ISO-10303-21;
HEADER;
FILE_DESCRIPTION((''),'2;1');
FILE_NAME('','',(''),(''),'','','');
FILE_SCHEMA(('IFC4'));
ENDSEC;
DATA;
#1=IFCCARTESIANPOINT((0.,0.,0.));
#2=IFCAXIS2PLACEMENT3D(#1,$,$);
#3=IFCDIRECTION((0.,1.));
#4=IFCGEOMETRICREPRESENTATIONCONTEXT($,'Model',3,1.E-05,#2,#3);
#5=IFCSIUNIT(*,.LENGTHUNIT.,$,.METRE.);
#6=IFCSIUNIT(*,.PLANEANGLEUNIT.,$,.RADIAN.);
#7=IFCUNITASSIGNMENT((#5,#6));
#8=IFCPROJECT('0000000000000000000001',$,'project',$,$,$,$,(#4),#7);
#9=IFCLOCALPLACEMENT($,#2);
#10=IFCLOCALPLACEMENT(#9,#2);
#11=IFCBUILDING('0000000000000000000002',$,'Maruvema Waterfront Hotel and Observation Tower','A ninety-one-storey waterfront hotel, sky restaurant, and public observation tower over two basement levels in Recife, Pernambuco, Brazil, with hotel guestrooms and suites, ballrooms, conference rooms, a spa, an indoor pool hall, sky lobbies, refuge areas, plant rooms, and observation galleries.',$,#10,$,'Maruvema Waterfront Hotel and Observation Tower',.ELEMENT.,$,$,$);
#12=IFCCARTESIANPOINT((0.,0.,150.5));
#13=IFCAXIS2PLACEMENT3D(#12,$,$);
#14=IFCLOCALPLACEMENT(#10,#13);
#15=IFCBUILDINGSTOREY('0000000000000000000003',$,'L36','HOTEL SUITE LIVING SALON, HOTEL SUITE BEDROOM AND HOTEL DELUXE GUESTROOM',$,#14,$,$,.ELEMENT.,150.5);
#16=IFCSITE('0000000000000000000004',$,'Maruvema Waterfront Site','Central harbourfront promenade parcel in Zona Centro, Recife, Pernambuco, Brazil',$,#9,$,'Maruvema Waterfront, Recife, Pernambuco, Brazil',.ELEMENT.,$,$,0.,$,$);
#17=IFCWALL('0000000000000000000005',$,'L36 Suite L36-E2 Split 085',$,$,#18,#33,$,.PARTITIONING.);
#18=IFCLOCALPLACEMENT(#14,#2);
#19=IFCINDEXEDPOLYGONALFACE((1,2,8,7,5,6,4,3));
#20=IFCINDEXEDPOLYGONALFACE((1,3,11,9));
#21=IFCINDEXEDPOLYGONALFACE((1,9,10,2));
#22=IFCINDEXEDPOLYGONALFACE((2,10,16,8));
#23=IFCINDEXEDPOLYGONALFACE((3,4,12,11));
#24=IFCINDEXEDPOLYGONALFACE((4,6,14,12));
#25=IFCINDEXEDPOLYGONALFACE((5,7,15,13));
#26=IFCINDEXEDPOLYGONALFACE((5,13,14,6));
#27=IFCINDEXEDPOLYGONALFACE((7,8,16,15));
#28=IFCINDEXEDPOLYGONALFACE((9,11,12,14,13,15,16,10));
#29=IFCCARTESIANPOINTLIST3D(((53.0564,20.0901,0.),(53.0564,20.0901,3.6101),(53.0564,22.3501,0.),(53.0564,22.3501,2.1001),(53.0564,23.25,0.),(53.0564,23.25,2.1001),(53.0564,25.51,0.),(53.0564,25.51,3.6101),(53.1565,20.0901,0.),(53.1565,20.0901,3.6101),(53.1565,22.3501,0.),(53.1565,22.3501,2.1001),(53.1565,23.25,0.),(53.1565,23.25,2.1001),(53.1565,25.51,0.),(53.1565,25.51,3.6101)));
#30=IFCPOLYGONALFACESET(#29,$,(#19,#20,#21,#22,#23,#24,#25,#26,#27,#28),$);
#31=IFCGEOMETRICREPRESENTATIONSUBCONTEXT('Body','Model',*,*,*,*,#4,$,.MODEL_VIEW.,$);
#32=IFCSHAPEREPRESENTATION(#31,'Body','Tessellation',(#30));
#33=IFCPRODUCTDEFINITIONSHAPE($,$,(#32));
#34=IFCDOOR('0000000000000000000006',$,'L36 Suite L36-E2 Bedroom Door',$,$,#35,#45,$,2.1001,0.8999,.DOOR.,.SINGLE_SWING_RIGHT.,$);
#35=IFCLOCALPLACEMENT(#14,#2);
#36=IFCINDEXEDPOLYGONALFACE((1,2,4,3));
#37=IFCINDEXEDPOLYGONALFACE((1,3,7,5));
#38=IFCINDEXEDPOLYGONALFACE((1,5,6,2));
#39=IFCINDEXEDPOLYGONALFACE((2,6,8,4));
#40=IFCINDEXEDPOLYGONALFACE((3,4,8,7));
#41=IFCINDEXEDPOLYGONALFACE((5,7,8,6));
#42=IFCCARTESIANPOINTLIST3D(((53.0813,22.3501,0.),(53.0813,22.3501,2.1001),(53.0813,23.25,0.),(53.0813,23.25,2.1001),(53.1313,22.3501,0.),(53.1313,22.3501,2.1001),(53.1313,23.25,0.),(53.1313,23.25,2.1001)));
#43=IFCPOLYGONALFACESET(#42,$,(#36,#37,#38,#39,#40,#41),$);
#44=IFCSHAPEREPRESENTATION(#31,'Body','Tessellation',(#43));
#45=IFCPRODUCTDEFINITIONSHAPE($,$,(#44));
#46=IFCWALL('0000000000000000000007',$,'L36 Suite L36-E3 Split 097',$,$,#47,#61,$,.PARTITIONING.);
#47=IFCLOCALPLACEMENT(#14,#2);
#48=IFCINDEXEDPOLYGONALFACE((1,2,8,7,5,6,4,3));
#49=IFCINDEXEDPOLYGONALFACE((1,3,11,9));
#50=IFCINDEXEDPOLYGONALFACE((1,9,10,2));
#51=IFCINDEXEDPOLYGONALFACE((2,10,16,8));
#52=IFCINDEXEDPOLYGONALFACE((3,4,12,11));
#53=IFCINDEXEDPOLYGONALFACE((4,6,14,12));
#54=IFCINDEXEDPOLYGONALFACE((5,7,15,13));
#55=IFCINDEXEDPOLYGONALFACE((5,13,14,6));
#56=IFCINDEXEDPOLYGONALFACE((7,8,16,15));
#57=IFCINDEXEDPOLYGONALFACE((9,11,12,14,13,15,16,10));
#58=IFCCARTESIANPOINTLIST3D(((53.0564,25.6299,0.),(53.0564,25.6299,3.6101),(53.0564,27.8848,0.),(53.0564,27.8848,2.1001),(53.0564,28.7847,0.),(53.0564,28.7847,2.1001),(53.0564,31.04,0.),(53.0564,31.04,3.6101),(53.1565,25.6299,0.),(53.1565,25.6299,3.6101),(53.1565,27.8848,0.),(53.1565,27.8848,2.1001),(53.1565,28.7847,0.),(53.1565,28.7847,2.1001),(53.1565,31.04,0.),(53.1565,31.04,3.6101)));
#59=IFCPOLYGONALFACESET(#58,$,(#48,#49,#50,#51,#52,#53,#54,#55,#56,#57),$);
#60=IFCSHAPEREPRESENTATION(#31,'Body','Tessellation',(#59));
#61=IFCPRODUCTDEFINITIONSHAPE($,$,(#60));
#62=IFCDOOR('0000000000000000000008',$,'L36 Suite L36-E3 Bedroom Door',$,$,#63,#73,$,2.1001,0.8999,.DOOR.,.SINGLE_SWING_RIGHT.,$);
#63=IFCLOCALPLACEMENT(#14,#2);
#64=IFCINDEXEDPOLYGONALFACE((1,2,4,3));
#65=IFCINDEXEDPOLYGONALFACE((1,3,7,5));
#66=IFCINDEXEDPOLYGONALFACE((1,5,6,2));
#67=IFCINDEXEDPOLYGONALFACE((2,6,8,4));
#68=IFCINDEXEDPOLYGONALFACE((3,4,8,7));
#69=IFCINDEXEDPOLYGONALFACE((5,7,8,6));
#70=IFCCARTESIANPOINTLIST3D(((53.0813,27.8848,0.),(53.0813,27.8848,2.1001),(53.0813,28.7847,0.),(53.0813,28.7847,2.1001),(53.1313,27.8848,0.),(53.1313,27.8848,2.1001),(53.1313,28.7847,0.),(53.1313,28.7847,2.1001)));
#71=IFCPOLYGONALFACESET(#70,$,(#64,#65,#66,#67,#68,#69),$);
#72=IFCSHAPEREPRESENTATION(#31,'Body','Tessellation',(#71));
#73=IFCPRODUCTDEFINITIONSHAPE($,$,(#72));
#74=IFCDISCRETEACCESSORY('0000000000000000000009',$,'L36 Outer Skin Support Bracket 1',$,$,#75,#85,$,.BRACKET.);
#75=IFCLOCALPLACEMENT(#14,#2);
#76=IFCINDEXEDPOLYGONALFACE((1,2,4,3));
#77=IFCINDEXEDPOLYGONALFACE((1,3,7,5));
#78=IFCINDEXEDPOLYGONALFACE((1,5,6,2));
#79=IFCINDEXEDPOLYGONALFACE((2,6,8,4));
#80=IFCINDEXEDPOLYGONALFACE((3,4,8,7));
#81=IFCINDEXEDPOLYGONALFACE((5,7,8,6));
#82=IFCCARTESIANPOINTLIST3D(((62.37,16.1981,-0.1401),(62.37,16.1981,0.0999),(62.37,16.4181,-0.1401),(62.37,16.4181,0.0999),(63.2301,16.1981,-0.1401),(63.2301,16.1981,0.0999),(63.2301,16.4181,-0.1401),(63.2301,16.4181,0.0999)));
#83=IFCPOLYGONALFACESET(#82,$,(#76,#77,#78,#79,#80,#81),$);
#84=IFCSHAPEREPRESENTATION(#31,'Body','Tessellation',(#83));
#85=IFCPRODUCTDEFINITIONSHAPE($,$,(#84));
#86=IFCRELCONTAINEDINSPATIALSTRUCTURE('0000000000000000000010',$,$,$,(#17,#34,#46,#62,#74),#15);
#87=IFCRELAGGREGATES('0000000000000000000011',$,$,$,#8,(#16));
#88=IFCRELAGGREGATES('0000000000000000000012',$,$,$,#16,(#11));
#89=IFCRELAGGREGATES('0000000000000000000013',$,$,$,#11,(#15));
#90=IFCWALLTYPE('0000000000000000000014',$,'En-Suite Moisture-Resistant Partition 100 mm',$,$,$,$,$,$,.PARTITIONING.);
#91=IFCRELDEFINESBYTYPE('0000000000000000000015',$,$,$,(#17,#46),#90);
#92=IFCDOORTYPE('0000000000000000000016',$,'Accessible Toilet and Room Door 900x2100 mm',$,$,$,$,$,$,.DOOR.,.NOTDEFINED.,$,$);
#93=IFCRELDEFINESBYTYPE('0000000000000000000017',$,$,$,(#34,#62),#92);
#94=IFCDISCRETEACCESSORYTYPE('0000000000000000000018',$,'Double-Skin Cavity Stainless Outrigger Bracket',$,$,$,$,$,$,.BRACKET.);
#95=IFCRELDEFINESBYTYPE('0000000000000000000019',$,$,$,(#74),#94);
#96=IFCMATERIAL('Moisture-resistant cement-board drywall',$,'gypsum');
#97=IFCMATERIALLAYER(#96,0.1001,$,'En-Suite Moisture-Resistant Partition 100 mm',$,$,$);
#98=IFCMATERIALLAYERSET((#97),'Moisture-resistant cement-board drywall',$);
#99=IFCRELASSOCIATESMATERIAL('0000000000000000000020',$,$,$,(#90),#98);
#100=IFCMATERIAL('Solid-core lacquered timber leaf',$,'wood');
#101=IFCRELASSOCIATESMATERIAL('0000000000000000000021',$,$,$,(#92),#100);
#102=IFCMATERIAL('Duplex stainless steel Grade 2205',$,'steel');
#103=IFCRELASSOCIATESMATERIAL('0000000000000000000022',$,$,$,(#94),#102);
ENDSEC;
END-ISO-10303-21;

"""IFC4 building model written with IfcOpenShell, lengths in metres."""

from ifc_helpers import new_model, si_unit, direction, frame, frame_2d, origin, origin_2d, place, context, subcontext, project, spatial, rectangle, extrude, material, layer, layer_set, type_object, element, fill, save


model = new_model("IFC4")

# Units and contexts
model_context = context("Model", 3, precision=1e-05, world=origin(), true_north=direction((0.0, 1.0)))
body_context = subcontext(model_context, "Body", "Model", "MODEL_VIEW")
ifc_project = project(units=[si_unit("LENGTHUNIT", "METRE"), si_unit("PLANEANGLEUNIT", "RADIAN")], contexts=[model_context])

# Site, building, storey
site_placement = place(None, origin())
site = spatial("IfcSite", under=ifc_project, at=site_placement, Name="Maruvema Waterfront Site", Description="Central harbourfront promenade parcel in Zona Centro, Recife, Pernambuco, Brazil", LongName="Maruvema Waterfront, Recife, Pernambuco, Brazil", CompositionType="ELEMENT", RefElevation=0.0)
building_placement = place(site_placement, origin())
building = spatial("IfcBuilding", under=site, at=building_placement, Name="Maruvema Waterfront Hotel and Observation Tower", Description="A ninety-one-storey waterfront hotel, sky restaurant, and public observation tower over two basement levels in Recife, Pernambuco, Brazil, with hotel guestrooms and suites, ballrooms, conference rooms, a spa, an indoor pool hall, sky lobbies, refuge areas, plant rooms, and observation galleries.", LongName="Maruvema Waterfront Hotel and Observation Tower", CompositionType="ELEMENT")
storey_placement = place(building_placement, frame((0.0, 0.0, 150.5)))
storey = spatial("IfcBuildingStorey", under=building, at=storey_placement, Name="L36", Description="HOTEL SUITE LIVING SALON, HOTEL SUITE BEDROOM AND HOTEL DELUXE GUESTROOM", CompositionType="ELEMENT", Elevation=150.5)

# Walls, openings, doors
ifc_material_1 = material(Name="Moisture-resistant cement-board drywall", Category="gypsum")
ifc_layer_1 = layer(ifc_material_1, 0.1001, Name="En-Suite Moisture-Resistant Partition 100 mm")
ifc_layer_set_1 = layer_set([ifc_layer_1], Name="Moisture-resistant cement-board drywall")
wall_type = type_object("IfcWallType", Name="En-Suite Moisture-Resistant Partition 100 mm", PredefinedType="PARTITIONING", material=ifc_layer_set_1)
wall_1_placement = place(storey_placement, frame((53.1064, 20.0901, 0.0), z_axis=(0.0, 0.0, 1.0), x_axis=(0.0, 1.0, 0.0)))
wall_1 = element("IfcWall", 1, at=wall_1_placement, inside=storey, type_object=wall_type, Name="L36 Suite L36-E2 Split 085", PredefinedType="PARTITIONING", context=body_context, shape_type="SweptSolid", body=[
    extrude(rectangle(XDim=5.4199, YDim=0.1001, at=frame_2d((2.71, 0.0))), origin(), (0.0, 0.0, 1.0), 3.6101),
])
opening_1_placement = place(wall_1_placement, frame((2.26, 0.0, 0.0)))
opening_1 = element("IfcOpeningElement", 2, at=opening_1_placement, cuts=wall_1, PredefinedType="OPENING", context=body_context, shape_type="SweptSolid", body=[
    extrude(rectangle(XDim=0.8999, YDim=2.1001, at=frame_2d((0.45, 1.05))), frame((0.0, 0.0601, 0.0), z_axis=(0.0, -1.0, 0.0), x_axis=(1.0, 0.0, 0.0)), (0.0, 0.0, 1.0), 0.1201),
])
ifc_material_2 = material(Name="Solid-core lacquered timber leaf", Category="wood")
door_type = type_object("IfcDoorType", Name="Accessible Toilet and Room Door 900x2100 mm", OperationType="NOTDEFINED", PredefinedType="DOOR", material=ifc_material_2)
door_1_placement = place(opening_1_placement, frame((0.8999, 0.0, 0.0), z_axis=(0.0, 0.0, 1.0), x_axis=(-1.0, 0.0, 0.0)))
door_1 = element("IfcDoor", 3, at=door_1_placement, inside=storey, type_object=door_type, Name="L36 Suite L36-E2 Bedroom Door", OperationType="SINGLE_SWING_RIGHT", OverallHeight=2.1001, OverallWidth=0.8999, PredefinedType="DOOR", context=body_context, shape_type="SweptSolid", body=[
    extrude(rectangle(XDim=0.8999, YDim=2.1001, at=frame_2d((0.45, 1.05))), frame((0.0, 0.0249, 0.0), z_axis=(0.0, -1.0, 0.0), x_axis=(1.0, 0.0, 0.0)), (0.0, 0.0, 1.0), 0.05),
])
fill(opening_1, door_1)
wall_2_placement = place(storey_placement, frame((53.1064, 25.6299, 0.0), z_axis=(0.0, 0.0, 1.0), x_axis=(0.0, 1.0, 0.0)))
wall_2 = element("IfcWall", 4, at=wall_2_placement, inside=storey, type_object=wall_type, Name="L36 Suite L36-E3 Split 097", PredefinedType="PARTITIONING", context=body_context, shape_type="SweptSolid", body=[
    extrude(rectangle(XDim=5.4102, YDim=0.1001, at=frame_2d((2.7051, 0.0))), origin(), (0.0, 0.0, 1.0), 3.6101),
])
opening_2_placement = place(wall_2_placement, frame((2.2549, 0.0, 0.0)))
opening_2 = element("IfcOpeningElement", 5, at=opening_2_placement, cuts=wall_2, PredefinedType="OPENING", context=body_context, shape_type="SweptSolid", body=[
    extrude(rectangle(XDim=0.8999, YDim=2.1001, at=frame_2d((0.45, 1.05))), frame((0.0, 0.0601, 0.0), z_axis=(0.0, -1.0, 0.0), x_axis=(1.0, 0.0, 0.0)), (0.0, 0.0, 1.0), 0.1201),
])
door_2_placement = place(opening_2_placement, frame((0.8999, 0.0, 0.0), z_axis=(0.0, 0.0, 1.0), x_axis=(-1.0, 0.0, 0.0)))
door_2 = element("IfcDoor", 6, at=door_2_placement, inside=storey, type_object=door_type, Name="L36 Suite L36-E3 Bedroom Door", OperationType="SINGLE_SWING_RIGHT", OverallHeight=2.1001, OverallWidth=0.8999, PredefinedType="DOOR", context=body_context, shape_type="SweptSolid", body=[
    extrude(rectangle(XDim=0.8999, YDim=2.1001, at=frame_2d((0.45, 1.05))), frame((0.0, 0.0249, 0.0), z_axis=(0.0, -1.0, 0.0), x_axis=(1.0, 0.0, 0.0)), (0.0, 0.0, 1.0), 0.05),
])
fill(opening_2, door_2)

# Discrete accessory
ifc_material_3 = material(Name="Duplex stainless steel Grade 2205", Category="steel")
discrete_accessory_type = type_object("IfcDiscreteAccessoryType", Name="Double-Skin Cavity Stainless Outrigger Bracket", PredefinedType="BRACKET", material=ifc_material_3)
discrete_accessory_placement = place(storey_placement, frame((62.8, 16.3081, -0.1401), z_axis=(0.0, 0.0, 1.0), x_axis=(0.0, 1.0, 0.0)))
element("IfcDiscreteAccessory", 7, at=discrete_accessory_placement, inside=storey, type_object=discrete_accessory_type, Name="L36 Outer Skin Support Bracket 1", PredefinedType="BRACKET", context=body_context, shape_type="SweptSolid", body=[
    extrude(rectangle(XDim=0.22, YDim=0.8601, at=origin_2d()), origin(), (0.0, 0.0, 1.0), 0.24),
])

save(model, "model.ifc")
